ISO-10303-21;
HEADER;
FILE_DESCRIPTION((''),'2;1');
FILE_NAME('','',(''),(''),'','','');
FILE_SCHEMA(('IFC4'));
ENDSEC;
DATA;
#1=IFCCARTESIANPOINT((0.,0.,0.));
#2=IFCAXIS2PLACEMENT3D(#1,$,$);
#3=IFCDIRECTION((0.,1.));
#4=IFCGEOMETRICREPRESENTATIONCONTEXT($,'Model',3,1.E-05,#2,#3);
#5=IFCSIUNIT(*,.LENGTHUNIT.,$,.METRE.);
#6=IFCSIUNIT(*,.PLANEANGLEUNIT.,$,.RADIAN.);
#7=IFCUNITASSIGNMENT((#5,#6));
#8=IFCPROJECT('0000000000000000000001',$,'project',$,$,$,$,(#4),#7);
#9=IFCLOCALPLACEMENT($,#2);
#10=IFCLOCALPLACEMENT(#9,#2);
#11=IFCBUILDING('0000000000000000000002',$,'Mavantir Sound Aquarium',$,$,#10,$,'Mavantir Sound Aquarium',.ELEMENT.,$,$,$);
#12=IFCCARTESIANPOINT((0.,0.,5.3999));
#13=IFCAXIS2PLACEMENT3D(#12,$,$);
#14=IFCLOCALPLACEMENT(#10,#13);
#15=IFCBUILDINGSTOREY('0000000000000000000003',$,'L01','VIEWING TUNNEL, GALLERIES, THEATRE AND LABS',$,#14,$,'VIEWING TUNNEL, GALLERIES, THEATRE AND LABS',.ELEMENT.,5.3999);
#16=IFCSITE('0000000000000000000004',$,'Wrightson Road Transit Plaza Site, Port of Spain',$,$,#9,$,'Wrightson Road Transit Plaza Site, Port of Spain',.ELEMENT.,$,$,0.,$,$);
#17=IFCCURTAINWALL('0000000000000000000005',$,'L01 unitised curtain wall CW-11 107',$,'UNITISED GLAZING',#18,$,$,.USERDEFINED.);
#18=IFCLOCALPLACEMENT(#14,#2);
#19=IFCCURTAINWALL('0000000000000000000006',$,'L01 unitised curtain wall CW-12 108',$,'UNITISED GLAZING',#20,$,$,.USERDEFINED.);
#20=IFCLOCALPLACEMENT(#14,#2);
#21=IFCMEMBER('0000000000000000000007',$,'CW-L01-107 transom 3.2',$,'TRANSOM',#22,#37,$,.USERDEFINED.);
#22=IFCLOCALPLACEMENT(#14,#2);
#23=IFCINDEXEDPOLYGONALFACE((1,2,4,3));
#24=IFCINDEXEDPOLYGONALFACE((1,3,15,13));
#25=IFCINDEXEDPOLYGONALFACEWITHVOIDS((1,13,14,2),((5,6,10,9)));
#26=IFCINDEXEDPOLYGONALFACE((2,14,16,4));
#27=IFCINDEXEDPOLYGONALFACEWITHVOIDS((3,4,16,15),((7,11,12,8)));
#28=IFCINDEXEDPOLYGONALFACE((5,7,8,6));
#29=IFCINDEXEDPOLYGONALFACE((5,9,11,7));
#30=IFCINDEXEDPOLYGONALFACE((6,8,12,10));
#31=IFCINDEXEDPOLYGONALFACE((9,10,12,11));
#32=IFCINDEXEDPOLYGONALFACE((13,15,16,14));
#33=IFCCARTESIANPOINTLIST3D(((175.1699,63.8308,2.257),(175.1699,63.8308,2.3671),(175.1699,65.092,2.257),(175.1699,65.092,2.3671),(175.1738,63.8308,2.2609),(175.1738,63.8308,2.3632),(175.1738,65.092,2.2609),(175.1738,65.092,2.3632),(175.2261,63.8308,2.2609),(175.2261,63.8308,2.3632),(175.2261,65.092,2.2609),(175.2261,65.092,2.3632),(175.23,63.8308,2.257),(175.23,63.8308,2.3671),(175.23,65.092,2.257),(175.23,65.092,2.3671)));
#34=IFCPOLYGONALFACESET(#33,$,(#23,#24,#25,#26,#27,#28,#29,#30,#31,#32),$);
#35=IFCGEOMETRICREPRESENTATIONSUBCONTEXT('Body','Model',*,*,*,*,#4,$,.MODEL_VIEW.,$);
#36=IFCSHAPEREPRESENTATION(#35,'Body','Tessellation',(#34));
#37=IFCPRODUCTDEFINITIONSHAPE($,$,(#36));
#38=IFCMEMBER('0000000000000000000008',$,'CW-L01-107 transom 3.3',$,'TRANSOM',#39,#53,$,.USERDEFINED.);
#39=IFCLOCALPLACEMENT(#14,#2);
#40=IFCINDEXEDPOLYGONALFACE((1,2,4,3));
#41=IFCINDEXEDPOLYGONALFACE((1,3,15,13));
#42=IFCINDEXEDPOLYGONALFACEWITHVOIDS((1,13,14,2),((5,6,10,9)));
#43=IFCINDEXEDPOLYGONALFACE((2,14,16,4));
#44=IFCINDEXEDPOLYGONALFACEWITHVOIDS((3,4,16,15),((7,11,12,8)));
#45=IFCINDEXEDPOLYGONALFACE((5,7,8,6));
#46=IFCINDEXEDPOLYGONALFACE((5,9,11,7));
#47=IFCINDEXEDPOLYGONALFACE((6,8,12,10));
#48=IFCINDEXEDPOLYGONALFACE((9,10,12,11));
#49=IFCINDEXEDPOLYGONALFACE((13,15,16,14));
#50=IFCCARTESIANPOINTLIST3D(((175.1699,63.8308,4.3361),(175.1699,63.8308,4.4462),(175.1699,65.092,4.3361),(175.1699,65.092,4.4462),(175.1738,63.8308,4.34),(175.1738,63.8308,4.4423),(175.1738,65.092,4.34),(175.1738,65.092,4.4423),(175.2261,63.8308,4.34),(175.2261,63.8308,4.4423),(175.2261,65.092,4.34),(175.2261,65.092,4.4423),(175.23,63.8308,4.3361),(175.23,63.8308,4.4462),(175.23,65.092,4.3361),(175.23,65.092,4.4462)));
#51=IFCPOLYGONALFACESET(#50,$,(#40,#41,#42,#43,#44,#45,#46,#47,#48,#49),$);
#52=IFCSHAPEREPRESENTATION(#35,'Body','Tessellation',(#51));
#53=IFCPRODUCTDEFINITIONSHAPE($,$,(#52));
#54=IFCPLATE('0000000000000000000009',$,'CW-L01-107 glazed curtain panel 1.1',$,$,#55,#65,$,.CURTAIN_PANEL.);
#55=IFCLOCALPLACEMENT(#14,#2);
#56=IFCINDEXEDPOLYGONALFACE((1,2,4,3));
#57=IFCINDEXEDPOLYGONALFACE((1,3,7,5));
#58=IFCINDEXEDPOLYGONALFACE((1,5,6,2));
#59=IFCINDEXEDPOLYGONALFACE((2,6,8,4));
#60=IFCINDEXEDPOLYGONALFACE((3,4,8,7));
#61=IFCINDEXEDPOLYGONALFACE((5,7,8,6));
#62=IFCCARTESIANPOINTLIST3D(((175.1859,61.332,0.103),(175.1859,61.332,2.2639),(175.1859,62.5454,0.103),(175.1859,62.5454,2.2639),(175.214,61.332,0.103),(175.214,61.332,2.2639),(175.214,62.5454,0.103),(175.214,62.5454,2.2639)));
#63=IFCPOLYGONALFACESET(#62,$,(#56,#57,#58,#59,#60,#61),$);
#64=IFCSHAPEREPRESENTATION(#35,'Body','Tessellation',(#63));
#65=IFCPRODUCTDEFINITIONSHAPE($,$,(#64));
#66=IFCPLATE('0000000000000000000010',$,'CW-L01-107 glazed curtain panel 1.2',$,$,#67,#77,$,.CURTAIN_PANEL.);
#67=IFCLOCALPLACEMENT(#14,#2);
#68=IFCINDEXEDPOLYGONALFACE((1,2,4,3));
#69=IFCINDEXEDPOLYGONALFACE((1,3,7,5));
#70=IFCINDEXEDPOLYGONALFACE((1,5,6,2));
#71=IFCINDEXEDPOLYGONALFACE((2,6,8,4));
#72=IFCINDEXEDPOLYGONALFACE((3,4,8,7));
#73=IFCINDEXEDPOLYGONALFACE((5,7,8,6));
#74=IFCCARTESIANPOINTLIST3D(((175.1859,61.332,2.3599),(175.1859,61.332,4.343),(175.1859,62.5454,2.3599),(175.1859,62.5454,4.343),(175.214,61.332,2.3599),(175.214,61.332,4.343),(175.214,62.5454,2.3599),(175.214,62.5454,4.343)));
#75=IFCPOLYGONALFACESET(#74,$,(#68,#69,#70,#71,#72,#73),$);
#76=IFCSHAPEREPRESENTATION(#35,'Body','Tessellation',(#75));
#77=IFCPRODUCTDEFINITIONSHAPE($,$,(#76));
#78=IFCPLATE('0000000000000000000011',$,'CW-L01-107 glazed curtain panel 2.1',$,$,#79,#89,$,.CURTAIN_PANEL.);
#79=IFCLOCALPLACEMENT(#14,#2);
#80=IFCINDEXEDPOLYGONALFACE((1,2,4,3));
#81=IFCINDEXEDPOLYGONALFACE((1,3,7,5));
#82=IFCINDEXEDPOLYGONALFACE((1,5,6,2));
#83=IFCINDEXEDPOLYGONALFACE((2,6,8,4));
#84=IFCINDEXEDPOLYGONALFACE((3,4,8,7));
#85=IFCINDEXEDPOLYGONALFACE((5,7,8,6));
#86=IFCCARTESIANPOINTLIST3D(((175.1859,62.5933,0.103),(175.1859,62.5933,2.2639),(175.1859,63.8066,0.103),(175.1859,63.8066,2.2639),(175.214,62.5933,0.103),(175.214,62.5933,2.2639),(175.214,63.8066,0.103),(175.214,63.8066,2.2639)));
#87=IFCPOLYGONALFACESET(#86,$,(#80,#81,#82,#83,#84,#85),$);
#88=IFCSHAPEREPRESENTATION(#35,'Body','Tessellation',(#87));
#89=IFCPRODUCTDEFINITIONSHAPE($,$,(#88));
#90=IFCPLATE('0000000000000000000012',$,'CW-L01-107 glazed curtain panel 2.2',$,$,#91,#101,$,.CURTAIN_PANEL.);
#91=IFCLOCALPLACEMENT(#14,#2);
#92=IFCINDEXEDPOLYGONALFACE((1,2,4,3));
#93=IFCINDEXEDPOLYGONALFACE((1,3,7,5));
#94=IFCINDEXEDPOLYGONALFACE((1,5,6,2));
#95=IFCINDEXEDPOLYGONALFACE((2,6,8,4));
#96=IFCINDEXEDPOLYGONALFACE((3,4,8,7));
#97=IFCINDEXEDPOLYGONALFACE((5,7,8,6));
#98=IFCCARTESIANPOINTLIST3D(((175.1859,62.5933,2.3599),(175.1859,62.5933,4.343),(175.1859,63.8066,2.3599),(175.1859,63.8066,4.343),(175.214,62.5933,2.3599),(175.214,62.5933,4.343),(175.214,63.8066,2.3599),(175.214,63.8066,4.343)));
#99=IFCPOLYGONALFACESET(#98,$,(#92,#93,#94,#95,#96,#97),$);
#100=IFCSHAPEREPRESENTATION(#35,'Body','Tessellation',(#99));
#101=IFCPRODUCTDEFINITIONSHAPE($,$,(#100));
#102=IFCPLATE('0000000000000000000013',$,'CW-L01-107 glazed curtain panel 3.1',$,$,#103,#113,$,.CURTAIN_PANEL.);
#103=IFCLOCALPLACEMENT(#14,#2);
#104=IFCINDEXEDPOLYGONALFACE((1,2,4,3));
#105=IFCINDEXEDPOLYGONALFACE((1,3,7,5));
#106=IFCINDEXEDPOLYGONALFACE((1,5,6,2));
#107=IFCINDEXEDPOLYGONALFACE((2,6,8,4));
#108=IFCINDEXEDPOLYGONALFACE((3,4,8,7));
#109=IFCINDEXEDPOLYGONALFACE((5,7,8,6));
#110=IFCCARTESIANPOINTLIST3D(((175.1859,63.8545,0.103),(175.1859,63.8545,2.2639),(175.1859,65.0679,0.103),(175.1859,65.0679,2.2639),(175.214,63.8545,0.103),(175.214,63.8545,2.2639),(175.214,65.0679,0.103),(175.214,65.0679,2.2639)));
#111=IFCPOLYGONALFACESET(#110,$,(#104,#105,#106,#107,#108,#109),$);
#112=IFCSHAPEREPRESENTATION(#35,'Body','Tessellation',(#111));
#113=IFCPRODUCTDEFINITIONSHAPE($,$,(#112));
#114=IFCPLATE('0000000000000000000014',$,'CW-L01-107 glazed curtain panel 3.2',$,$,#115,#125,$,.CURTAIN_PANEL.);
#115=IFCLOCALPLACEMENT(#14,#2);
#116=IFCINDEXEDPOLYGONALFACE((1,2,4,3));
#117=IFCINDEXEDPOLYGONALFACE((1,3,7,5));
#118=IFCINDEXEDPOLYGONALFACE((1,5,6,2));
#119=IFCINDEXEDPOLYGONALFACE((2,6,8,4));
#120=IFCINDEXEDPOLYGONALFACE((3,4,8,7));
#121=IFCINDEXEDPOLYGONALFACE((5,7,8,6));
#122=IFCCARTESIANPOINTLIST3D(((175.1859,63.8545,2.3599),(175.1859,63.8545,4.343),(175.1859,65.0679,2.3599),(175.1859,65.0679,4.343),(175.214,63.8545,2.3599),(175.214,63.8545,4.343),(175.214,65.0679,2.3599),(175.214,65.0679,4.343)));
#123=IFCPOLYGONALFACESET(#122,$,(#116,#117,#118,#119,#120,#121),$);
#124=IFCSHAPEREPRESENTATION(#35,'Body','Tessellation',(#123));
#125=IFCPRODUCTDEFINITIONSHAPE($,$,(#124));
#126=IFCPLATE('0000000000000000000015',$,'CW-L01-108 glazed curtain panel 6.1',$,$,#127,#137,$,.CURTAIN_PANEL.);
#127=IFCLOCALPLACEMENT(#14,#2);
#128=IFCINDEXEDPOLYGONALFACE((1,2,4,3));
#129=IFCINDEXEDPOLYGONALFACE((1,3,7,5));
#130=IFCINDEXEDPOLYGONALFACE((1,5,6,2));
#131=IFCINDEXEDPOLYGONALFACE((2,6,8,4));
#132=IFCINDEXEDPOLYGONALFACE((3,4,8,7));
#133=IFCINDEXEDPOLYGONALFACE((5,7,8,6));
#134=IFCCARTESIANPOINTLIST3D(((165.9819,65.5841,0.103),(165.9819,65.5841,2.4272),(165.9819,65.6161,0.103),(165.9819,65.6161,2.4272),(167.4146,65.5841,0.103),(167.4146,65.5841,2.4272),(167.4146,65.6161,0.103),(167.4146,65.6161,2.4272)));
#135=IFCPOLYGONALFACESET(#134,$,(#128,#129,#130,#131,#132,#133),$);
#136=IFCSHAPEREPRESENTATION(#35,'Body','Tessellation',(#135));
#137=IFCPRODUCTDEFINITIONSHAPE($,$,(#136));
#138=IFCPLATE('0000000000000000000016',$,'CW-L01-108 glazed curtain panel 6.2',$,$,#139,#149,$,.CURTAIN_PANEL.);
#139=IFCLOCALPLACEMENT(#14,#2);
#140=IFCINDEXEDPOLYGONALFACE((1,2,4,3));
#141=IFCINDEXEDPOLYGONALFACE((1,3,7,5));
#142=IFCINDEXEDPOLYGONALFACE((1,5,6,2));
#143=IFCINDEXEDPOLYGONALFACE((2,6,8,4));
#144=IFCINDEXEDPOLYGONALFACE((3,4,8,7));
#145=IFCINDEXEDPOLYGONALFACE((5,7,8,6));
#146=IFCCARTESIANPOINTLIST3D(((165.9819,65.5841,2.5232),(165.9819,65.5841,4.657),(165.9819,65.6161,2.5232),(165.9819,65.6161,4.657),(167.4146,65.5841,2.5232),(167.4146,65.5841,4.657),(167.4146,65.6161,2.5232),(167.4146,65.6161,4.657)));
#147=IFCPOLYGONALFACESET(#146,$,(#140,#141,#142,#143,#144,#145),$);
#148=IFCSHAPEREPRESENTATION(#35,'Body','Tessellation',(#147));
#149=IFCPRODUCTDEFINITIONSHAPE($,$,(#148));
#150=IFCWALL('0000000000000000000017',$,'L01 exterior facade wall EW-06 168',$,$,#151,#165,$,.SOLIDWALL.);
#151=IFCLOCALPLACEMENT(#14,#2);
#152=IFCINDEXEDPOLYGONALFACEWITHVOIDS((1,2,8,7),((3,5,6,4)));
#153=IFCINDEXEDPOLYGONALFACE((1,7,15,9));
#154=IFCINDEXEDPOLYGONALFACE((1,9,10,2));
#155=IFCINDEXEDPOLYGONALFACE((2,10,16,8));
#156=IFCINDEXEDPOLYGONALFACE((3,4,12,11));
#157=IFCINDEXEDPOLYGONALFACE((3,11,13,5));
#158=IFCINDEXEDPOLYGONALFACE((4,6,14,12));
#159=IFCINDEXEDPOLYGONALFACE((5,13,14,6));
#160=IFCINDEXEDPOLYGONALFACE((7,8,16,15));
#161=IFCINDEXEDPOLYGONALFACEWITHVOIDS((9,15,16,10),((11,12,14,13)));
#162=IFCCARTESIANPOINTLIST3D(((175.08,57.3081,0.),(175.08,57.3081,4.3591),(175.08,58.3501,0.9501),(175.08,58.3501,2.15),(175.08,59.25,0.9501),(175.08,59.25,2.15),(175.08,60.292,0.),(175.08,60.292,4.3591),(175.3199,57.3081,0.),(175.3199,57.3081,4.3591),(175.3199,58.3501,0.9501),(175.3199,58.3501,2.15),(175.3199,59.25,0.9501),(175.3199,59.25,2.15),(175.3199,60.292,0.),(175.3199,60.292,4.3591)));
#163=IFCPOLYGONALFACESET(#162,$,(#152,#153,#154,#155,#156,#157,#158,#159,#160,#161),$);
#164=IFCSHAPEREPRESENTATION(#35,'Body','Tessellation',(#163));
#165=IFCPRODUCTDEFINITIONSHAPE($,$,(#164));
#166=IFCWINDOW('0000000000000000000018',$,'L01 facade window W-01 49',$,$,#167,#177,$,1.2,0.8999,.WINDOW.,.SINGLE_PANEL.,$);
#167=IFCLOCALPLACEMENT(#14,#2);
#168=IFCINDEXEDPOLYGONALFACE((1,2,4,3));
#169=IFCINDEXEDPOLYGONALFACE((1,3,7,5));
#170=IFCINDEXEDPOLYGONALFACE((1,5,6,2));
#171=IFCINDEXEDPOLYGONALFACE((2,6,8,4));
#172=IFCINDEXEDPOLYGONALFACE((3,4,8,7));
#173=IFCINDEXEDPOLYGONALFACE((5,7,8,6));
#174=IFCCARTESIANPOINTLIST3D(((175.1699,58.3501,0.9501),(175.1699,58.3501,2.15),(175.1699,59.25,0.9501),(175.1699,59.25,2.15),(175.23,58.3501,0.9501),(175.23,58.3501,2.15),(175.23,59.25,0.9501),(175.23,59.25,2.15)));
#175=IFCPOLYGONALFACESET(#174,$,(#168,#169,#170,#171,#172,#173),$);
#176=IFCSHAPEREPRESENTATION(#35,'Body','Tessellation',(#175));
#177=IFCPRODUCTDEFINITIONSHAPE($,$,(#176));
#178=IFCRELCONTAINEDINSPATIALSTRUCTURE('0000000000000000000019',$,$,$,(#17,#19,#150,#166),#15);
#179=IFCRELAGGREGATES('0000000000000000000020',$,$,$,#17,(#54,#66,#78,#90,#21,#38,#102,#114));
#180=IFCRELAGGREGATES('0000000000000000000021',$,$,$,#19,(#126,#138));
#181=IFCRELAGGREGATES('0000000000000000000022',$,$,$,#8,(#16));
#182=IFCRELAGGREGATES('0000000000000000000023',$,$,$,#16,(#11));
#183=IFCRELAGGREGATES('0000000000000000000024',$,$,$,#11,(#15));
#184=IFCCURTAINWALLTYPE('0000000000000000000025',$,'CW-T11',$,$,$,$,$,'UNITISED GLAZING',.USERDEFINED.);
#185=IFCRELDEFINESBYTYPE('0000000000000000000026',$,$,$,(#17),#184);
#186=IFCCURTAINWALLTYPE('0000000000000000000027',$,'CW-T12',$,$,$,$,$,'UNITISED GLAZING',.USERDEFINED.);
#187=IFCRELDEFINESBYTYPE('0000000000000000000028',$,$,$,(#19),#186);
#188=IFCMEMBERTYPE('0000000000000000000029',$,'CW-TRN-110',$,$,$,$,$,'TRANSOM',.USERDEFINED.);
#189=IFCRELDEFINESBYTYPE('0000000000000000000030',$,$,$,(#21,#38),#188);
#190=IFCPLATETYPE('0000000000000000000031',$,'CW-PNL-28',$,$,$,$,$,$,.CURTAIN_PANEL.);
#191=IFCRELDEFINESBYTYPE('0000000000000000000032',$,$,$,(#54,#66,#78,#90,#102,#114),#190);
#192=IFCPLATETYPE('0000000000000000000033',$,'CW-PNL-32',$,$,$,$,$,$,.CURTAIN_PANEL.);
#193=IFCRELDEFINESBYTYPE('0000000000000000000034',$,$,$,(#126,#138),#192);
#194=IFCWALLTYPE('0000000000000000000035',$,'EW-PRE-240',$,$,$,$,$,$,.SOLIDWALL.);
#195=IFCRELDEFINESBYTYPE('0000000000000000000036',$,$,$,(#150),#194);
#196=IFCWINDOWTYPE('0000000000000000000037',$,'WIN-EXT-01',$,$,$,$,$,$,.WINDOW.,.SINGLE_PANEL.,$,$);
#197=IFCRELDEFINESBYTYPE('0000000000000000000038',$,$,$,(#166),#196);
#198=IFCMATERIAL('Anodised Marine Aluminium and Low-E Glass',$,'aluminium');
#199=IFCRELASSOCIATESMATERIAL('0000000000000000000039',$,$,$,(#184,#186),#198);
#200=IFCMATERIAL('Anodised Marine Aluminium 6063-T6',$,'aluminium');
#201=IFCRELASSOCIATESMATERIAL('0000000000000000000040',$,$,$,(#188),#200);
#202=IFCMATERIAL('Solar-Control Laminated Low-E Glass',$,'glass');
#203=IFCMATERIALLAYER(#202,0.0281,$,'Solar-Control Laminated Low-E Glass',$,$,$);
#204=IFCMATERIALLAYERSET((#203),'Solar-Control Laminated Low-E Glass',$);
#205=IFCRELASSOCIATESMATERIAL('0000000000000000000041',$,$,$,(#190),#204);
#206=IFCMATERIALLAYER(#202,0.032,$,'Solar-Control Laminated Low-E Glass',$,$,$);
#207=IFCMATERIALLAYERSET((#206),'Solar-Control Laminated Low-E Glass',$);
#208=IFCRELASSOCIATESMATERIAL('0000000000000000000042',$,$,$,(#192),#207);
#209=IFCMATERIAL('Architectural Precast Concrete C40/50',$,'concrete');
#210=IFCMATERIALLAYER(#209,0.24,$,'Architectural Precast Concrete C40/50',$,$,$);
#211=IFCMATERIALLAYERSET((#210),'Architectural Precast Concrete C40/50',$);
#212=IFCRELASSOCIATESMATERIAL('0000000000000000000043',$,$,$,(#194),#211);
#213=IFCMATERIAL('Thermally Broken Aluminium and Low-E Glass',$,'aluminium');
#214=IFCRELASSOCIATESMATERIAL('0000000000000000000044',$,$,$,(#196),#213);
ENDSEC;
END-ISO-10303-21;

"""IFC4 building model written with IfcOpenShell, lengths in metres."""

from ifc_helpers import new_model, si_unit, direction, frame, frame_2d, origin, origin_2d, place, context, subcontext, project, spatial, rectangle, hollow_rectangle, extrude, material, layer, layer_set, material_profile, profile_set, type_object, element, fill, aggregate, save


model = new_model("IFC4")

# Units and contexts
model_context = context("Model", 3, precision=1e-05, world=origin(), true_north=direction((0.0, 1.0)))
body_context = subcontext(model_context, "Body", "Model", "MODEL_VIEW")
ifc_project = project(units=[si_unit("LENGTHUNIT", "METRE"), si_unit("PLANEANGLEUNIT", "RADIAN")], contexts=[model_context])

# Site, building, storey
site_placement = place(None, origin())
site = spatial("IfcSite", under=ifc_project, at=site_placement, Name="Wrightson Road Transit Plaza Site, Port of Spain", LongName="Wrightson Road Transit Plaza Site, Port of Spain", CompositionType="ELEMENT", RefElevation=0.0)
building_placement = place(site_placement, origin())
building = spatial("IfcBuilding", under=site, at=building_placement, Name="Mavantir Sound Aquarium", LongName="Mavantir Sound Aquarium", CompositionType="ELEMENT")
storey_placement = place(building_placement, frame((0.0, 0.0, 5.3999)))
storey = spatial("IfcBuildingStorey", under=building, at=storey_placement, Name="L01", Description="VIEWING TUNNEL, GALLERIES, THEATRE AND LABS", LongName="VIEWING TUNNEL, GALLERIES, THEATRE AND LABS", CompositionType="ELEMENT", Elevation=5.3999)

# Curtain walls
ifc_material_1 = material(Name="Anodised Marine Aluminium and Low-E Glass", Category="aluminium")
curtain_wall_type_1 = type_object("IfcCurtainWallType", Name="CW-T11", ElementType="UNITISED GLAZING", PredefinedType="USERDEFINED", material=ifc_material_1)
curtain_wall_1_placement = place(storey_placement, origin())
curtain_wall_1 = element("IfcCurtainWall", 1, at=curtain_wall_1_placement, inside=storey, type_object=curtain_wall_type_1, Name="L01 unitised curtain wall CW-11 107", ObjectType="UNITISED GLAZING", PredefinedType="USERDEFINED")
ifc_material_2 = material(Name="Anodised Marine Aluminium 6063-T6", Category="aluminium")
curtain_wall_type_2 = type_object("IfcCurtainWallType", Name="CW-T12", ElementType="UNITISED GLAZING", PredefinedType="USERDEFINED", material=ifc_material_1)
curtain_wall_2_placement = place(storey_placement, origin())
curtain_wall_2 = element("IfcCurtainWall", 2, at=curtain_wall_2_placement, inside=storey, type_object=curtain_wall_type_2, Name="L01 unitised curtain wall CW-12 108", ObjectType="UNITISED GLAZING", PredefinedType="USERDEFINED")

# Members
ifc_material_profile_1 = material_profile(ifc_material_2, hollow_rectangle(XDim=0.0601, YDim=0.1101, WallThickness=0.0039, at=origin_2d()), Name="ALU-TRANSOM-110X60")
ifc_profile_set_1 = profile_set([ifc_material_profile_1], Name="Anodised Marine Aluminium 6063-T6")
member_type_1 = type_object("IfcMemberType", Name="CW-TRN-110", ElementType="TRANSOM", PredefinedType="USERDEFINED", material=ifc_profile_set_1)
member_1_placement = place(storey_placement, frame((175.2, 63.8308, 2.312), z_axis=(0.0, 1.0, 0.0), x_axis=(-1.0, 0.0, 0.0)))
member_1 = element("IfcMember", 3, at=member_1_placement, type_object=member_type_1, Name="CW-L01-107 transom 3.2", ObjectType="TRANSOM", PredefinedType="USERDEFINED", context=body_context, shape_type="SweptSolid", body=[
    extrude(hollow_rectangle(XDim=0.0601, YDim=0.1101, WallThickness=0.0039, at=origin_2d()), origin(), (0.0, 0.0, 1.0), 1.2612),
])
member_2_placement = place(storey_placement, frame((175.2, 63.8308, 4.3911), z_axis=(0.0, 1.0, 0.0), x_axis=(-1.0, 0.0, 0.0)))
member_2 = element("IfcMember", 4, at=member_2_placement, type_object=member_type_1, Name="CW-L01-107 transom 3.3", ObjectType="TRANSOM", PredefinedType="USERDEFINED", context=body_context, shape_type="SweptSolid", body=[
    extrude(hollow_rectangle(XDim=0.0601, YDim=0.1101, WallThickness=0.0039, at=origin_2d()), origin(), (0.0, 0.0, 1.0), 1.2612),
])

# Plates
ifc_material_3 = material(Name="Solar-Control Laminated Low-E Glass", Category="glass")
ifc_layer_1 = layer(ifc_material_3, 0.0281, Name="Solar-Control Laminated Low-E Glass")
ifc_layer_set_1 = layer_set([ifc_layer_1], Name="Solar-Control Laminated Low-E Glass")
plate_type_1 = type_object("IfcPlateType", Name="CW-PNL-28", PredefinedType="CURTAIN_PANEL", material=ifc_layer_set_1)
plate_1_placement = place(storey_placement, frame((175.2, 61.9387, 0.103), z_axis=(0.0, 0.0, 1.0), x_axis=(0.0, 1.0, 0.0)))
plate_1 = element("IfcPlate", 5, at=plate_1_placement, type_object=plate_type_1, Name="CW-L01-107 glazed curtain panel 1.1", PredefinedType="CURTAIN_PANEL", context=body_context, shape_type="SweptSolid", body=[
    extrude(rectangle(XDim=1.2134, YDim=0.0281, at=origin_2d()), origin(), (0.0, 0.0, 1.0), 2.1609),
])
plate_2_placement = place(storey_placement, frame((175.2, 61.9387, 2.3599), z_axis=(0.0, 0.0, 1.0), x_axis=(0.0, 1.0, 0.0)))
plate_2 = element("IfcPlate", 6, at=plate_2_placement, type_object=plate_type_1, Name="CW-L01-107 glazed curtain panel 1.2", PredefinedType="CURTAIN_PANEL", context=body_context, shape_type="SweptSolid", body=[
    extrude(rectangle(XDim=1.2134, YDim=0.0281, at=origin_2d()), origin(), (0.0, 0.0, 1.0), 1.9832),
])
plate_3_placement = place(storey_placement, frame((175.2, 63.2, 0.103), z_axis=(0.0, 0.0, 1.0), x_axis=(0.0, 1.0, 0.0)))
plate_3 = element("IfcPlate", 7, at=plate_3_placement, type_object=plate_type_1, Name="CW-L01-107 glazed curtain panel 2.1", PredefinedType="CURTAIN_PANEL", context=body_context, shape_type="SweptSolid", body=[
    extrude(rectangle(XDim=1.2134, YDim=0.0281, at=origin_2d()), origin(), (0.0, 0.0, 1.0), 2.1609),
])
plate_4_placement = place(storey_placement, frame((175.2, 63.2, 2.3599), z_axis=(0.0, 0.0, 1.0), x_axis=(0.0, 1.0, 0.0)))
plate_4 = element("IfcPlate", 8, at=plate_4_placement, type_object=plate_type_1, Name="CW-L01-107 glazed curtain panel 2.2", PredefinedType="CURTAIN_PANEL", context=body_context, shape_type="SweptSolid", body=[
    extrude(rectangle(XDim=1.2134, YDim=0.0281, at=origin_2d()), origin(), (0.0, 0.0, 1.0), 1.9832),
])
plate_5_placement = place(storey_placement, frame((175.2, 64.4612, 0.103), z_axis=(0.0, 0.0, 1.0), x_axis=(0.0, 1.0, 0.0)))
plate_5 = element("IfcPlate", 9, at=plate_5_placement, type_object=plate_type_1, Name="CW-L01-107 glazed curtain panel 3.1", PredefinedType="CURTAIN_PANEL", context=body_context, shape_type="SweptSolid", body=[
    extrude(rectangle(XDim=1.2134, YDim=0.0281, at=origin_2d()), origin(), (0.0, 0.0, 1.0), 2.1609),
])
plate_6_placement = place(storey_placement, frame((175.2, 64.4612, 2.3599), z_axis=(0.0, 0.0, 1.0), x_axis=(0.0, 1.0, 0.0)))
plate_6 = element("IfcPlate", 10, at=plate_6_placement, type_object=plate_type_1, Name="CW-L01-107 glazed curtain panel 3.2", PredefinedType="CURTAIN_PANEL", context=body_context, shape_type="SweptSolid", body=[
    extrude(rectangle(XDim=1.2134, YDim=0.0281, at=origin_2d()), origin(), (0.0, 0.0, 1.0), 1.9832),
])
aggregate(curtain_wall_1, [plate_1, plate_2, plate_3, plate_4, member_1, member_2, plate_5, plate_6])
ifc_layer_2 = layer(ifc_material_3, 0.032, Name="Solar-Control Laminated Low-E Glass")
ifc_layer_set_2 = layer_set([ifc_layer_2], Name="Solar-Control Laminated Low-E Glass")
plate_type_2 = type_object("IfcPlateType", Name="CW-PNL-32", PredefinedType="CURTAIN_PANEL", material=ifc_layer_set_2)
plate_7_placement = place(storey_placement, frame((166.6982, 65.6001, 0.103), z_axis=(0.0, 0.0, 1.0), x_axis=(-1.0, 0.0, 0.0)))
plate_7 = element("IfcPlate", 11, at=plate_7_placement, type_object=plate_type_2, Name="CW-L01-108 glazed curtain panel 6.1", PredefinedType="CURTAIN_PANEL", context=body_context, shape_type="SweptSolid", body=[
    extrude(rectangle(XDim=1.4326, YDim=0.032, at=origin_2d()), origin(), (0.0, 0.0, 1.0), 2.3242),
])
plate_8_placement = place(storey_placement, frame((166.6982, 65.6001, 2.5232), z_axis=(0.0, 0.0, 1.0), x_axis=(-1.0, 0.0, 0.0)))
plate_8 = element("IfcPlate", 12, at=plate_8_placement, type_object=plate_type_2, Name="CW-L01-108 glazed curtain panel 6.2", PredefinedType="CURTAIN_PANEL", context=body_context, shape_type="SweptSolid", body=[
    extrude(rectangle(XDim=1.4326, YDim=0.032, at=origin_2d()), origin(), (0.0, 0.0, 1.0), 2.1338),
])
aggregate(curtain_wall_2, [plate_7, plate_8])

# Wall, opening, window
ifc_material_4 = material(Name="Architectural Precast Concrete C40/50", Category="concrete")
ifc_layer_3 = layer(ifc_material_4, 0.24, Name="Architectural Precast Concrete C40/50")
ifc_layer_set_3 = layer_set([ifc_layer_3], Name="Architectural Precast Concrete C40/50")
wall_type = type_object("IfcWallType", Name="EW-PRE-240", PredefinedType="SOLIDWALL", material=ifc_layer_set_3)
wall_placement = place(storey_placement, frame((175.2, 57.3081, 0.0), z_axis=(0.0, 0.0, 1.0), x_axis=(0.0, 1.0, 0.0)))
wall = element("IfcWall", 13, at=wall_placement, inside=storey, type_object=wall_type, Name="L01 exterior facade wall EW-06 168", PredefinedType="SOLIDWALL", context=body_context, shape_type="SweptSolid", body=[
    extrude(rectangle(XDim=2.9839, YDim=0.24, at=frame_2d((1.4919, 0.0))), origin(), (0.0, 0.0, 1.0), 4.3591),
])
opening_placement = place(wall_placement, frame((1.042, 0.0, 0.95)))
opening = element("IfcOpeningElement", 14, at=opening_placement, cuts=wall, PredefinedType="OPENING", context=body_context, shape_type="SweptSolid", body=[
    extrude(rectangle(XDim=0.8999, YDim=1.2, at=frame_2d((0.45, 0.6001))), frame((0.0, 0.1299, 0.0), z_axis=(0.0, -1.0, 0.0), x_axis=(1.0, 0.0, 0.0)), (0.0, 0.0, 1.0), 0.26),
])
ifc_material_5 = material(Name="Thermally Broken Aluminium and Low-E Glass", Category="aluminium")
window_type = type_object("IfcWindowType", Name="WIN-EXT-01", PartitioningType="SINGLE_PANEL", PredefinedType="WINDOW", material=ifc_material_5)
window_placement = place(opening_placement, origin())
window = element("IfcWindow", 15, at=window_placement, inside=storey, type_object=window_type, Name="L01 facade window W-01 49", OverallHeight=1.2, OverallWidth=0.8999, PartitioningType="SINGLE_PANEL", PredefinedType="WINDOW", context=body_context, shape_type="SweptSolid", body=[
    extrude(rectangle(XDim=0.8999, YDim=1.2, at=frame_2d((0.45, 0.6001))), frame((0.0, 0.03, 0.0), z_axis=(0.0, -1.0, 0.0), x_axis=(1.0, 0.0, 0.0)), (0.0, 0.0, 1.0), 0.0601),
])
fill(opening, window)

save(model, "model.ifc")
